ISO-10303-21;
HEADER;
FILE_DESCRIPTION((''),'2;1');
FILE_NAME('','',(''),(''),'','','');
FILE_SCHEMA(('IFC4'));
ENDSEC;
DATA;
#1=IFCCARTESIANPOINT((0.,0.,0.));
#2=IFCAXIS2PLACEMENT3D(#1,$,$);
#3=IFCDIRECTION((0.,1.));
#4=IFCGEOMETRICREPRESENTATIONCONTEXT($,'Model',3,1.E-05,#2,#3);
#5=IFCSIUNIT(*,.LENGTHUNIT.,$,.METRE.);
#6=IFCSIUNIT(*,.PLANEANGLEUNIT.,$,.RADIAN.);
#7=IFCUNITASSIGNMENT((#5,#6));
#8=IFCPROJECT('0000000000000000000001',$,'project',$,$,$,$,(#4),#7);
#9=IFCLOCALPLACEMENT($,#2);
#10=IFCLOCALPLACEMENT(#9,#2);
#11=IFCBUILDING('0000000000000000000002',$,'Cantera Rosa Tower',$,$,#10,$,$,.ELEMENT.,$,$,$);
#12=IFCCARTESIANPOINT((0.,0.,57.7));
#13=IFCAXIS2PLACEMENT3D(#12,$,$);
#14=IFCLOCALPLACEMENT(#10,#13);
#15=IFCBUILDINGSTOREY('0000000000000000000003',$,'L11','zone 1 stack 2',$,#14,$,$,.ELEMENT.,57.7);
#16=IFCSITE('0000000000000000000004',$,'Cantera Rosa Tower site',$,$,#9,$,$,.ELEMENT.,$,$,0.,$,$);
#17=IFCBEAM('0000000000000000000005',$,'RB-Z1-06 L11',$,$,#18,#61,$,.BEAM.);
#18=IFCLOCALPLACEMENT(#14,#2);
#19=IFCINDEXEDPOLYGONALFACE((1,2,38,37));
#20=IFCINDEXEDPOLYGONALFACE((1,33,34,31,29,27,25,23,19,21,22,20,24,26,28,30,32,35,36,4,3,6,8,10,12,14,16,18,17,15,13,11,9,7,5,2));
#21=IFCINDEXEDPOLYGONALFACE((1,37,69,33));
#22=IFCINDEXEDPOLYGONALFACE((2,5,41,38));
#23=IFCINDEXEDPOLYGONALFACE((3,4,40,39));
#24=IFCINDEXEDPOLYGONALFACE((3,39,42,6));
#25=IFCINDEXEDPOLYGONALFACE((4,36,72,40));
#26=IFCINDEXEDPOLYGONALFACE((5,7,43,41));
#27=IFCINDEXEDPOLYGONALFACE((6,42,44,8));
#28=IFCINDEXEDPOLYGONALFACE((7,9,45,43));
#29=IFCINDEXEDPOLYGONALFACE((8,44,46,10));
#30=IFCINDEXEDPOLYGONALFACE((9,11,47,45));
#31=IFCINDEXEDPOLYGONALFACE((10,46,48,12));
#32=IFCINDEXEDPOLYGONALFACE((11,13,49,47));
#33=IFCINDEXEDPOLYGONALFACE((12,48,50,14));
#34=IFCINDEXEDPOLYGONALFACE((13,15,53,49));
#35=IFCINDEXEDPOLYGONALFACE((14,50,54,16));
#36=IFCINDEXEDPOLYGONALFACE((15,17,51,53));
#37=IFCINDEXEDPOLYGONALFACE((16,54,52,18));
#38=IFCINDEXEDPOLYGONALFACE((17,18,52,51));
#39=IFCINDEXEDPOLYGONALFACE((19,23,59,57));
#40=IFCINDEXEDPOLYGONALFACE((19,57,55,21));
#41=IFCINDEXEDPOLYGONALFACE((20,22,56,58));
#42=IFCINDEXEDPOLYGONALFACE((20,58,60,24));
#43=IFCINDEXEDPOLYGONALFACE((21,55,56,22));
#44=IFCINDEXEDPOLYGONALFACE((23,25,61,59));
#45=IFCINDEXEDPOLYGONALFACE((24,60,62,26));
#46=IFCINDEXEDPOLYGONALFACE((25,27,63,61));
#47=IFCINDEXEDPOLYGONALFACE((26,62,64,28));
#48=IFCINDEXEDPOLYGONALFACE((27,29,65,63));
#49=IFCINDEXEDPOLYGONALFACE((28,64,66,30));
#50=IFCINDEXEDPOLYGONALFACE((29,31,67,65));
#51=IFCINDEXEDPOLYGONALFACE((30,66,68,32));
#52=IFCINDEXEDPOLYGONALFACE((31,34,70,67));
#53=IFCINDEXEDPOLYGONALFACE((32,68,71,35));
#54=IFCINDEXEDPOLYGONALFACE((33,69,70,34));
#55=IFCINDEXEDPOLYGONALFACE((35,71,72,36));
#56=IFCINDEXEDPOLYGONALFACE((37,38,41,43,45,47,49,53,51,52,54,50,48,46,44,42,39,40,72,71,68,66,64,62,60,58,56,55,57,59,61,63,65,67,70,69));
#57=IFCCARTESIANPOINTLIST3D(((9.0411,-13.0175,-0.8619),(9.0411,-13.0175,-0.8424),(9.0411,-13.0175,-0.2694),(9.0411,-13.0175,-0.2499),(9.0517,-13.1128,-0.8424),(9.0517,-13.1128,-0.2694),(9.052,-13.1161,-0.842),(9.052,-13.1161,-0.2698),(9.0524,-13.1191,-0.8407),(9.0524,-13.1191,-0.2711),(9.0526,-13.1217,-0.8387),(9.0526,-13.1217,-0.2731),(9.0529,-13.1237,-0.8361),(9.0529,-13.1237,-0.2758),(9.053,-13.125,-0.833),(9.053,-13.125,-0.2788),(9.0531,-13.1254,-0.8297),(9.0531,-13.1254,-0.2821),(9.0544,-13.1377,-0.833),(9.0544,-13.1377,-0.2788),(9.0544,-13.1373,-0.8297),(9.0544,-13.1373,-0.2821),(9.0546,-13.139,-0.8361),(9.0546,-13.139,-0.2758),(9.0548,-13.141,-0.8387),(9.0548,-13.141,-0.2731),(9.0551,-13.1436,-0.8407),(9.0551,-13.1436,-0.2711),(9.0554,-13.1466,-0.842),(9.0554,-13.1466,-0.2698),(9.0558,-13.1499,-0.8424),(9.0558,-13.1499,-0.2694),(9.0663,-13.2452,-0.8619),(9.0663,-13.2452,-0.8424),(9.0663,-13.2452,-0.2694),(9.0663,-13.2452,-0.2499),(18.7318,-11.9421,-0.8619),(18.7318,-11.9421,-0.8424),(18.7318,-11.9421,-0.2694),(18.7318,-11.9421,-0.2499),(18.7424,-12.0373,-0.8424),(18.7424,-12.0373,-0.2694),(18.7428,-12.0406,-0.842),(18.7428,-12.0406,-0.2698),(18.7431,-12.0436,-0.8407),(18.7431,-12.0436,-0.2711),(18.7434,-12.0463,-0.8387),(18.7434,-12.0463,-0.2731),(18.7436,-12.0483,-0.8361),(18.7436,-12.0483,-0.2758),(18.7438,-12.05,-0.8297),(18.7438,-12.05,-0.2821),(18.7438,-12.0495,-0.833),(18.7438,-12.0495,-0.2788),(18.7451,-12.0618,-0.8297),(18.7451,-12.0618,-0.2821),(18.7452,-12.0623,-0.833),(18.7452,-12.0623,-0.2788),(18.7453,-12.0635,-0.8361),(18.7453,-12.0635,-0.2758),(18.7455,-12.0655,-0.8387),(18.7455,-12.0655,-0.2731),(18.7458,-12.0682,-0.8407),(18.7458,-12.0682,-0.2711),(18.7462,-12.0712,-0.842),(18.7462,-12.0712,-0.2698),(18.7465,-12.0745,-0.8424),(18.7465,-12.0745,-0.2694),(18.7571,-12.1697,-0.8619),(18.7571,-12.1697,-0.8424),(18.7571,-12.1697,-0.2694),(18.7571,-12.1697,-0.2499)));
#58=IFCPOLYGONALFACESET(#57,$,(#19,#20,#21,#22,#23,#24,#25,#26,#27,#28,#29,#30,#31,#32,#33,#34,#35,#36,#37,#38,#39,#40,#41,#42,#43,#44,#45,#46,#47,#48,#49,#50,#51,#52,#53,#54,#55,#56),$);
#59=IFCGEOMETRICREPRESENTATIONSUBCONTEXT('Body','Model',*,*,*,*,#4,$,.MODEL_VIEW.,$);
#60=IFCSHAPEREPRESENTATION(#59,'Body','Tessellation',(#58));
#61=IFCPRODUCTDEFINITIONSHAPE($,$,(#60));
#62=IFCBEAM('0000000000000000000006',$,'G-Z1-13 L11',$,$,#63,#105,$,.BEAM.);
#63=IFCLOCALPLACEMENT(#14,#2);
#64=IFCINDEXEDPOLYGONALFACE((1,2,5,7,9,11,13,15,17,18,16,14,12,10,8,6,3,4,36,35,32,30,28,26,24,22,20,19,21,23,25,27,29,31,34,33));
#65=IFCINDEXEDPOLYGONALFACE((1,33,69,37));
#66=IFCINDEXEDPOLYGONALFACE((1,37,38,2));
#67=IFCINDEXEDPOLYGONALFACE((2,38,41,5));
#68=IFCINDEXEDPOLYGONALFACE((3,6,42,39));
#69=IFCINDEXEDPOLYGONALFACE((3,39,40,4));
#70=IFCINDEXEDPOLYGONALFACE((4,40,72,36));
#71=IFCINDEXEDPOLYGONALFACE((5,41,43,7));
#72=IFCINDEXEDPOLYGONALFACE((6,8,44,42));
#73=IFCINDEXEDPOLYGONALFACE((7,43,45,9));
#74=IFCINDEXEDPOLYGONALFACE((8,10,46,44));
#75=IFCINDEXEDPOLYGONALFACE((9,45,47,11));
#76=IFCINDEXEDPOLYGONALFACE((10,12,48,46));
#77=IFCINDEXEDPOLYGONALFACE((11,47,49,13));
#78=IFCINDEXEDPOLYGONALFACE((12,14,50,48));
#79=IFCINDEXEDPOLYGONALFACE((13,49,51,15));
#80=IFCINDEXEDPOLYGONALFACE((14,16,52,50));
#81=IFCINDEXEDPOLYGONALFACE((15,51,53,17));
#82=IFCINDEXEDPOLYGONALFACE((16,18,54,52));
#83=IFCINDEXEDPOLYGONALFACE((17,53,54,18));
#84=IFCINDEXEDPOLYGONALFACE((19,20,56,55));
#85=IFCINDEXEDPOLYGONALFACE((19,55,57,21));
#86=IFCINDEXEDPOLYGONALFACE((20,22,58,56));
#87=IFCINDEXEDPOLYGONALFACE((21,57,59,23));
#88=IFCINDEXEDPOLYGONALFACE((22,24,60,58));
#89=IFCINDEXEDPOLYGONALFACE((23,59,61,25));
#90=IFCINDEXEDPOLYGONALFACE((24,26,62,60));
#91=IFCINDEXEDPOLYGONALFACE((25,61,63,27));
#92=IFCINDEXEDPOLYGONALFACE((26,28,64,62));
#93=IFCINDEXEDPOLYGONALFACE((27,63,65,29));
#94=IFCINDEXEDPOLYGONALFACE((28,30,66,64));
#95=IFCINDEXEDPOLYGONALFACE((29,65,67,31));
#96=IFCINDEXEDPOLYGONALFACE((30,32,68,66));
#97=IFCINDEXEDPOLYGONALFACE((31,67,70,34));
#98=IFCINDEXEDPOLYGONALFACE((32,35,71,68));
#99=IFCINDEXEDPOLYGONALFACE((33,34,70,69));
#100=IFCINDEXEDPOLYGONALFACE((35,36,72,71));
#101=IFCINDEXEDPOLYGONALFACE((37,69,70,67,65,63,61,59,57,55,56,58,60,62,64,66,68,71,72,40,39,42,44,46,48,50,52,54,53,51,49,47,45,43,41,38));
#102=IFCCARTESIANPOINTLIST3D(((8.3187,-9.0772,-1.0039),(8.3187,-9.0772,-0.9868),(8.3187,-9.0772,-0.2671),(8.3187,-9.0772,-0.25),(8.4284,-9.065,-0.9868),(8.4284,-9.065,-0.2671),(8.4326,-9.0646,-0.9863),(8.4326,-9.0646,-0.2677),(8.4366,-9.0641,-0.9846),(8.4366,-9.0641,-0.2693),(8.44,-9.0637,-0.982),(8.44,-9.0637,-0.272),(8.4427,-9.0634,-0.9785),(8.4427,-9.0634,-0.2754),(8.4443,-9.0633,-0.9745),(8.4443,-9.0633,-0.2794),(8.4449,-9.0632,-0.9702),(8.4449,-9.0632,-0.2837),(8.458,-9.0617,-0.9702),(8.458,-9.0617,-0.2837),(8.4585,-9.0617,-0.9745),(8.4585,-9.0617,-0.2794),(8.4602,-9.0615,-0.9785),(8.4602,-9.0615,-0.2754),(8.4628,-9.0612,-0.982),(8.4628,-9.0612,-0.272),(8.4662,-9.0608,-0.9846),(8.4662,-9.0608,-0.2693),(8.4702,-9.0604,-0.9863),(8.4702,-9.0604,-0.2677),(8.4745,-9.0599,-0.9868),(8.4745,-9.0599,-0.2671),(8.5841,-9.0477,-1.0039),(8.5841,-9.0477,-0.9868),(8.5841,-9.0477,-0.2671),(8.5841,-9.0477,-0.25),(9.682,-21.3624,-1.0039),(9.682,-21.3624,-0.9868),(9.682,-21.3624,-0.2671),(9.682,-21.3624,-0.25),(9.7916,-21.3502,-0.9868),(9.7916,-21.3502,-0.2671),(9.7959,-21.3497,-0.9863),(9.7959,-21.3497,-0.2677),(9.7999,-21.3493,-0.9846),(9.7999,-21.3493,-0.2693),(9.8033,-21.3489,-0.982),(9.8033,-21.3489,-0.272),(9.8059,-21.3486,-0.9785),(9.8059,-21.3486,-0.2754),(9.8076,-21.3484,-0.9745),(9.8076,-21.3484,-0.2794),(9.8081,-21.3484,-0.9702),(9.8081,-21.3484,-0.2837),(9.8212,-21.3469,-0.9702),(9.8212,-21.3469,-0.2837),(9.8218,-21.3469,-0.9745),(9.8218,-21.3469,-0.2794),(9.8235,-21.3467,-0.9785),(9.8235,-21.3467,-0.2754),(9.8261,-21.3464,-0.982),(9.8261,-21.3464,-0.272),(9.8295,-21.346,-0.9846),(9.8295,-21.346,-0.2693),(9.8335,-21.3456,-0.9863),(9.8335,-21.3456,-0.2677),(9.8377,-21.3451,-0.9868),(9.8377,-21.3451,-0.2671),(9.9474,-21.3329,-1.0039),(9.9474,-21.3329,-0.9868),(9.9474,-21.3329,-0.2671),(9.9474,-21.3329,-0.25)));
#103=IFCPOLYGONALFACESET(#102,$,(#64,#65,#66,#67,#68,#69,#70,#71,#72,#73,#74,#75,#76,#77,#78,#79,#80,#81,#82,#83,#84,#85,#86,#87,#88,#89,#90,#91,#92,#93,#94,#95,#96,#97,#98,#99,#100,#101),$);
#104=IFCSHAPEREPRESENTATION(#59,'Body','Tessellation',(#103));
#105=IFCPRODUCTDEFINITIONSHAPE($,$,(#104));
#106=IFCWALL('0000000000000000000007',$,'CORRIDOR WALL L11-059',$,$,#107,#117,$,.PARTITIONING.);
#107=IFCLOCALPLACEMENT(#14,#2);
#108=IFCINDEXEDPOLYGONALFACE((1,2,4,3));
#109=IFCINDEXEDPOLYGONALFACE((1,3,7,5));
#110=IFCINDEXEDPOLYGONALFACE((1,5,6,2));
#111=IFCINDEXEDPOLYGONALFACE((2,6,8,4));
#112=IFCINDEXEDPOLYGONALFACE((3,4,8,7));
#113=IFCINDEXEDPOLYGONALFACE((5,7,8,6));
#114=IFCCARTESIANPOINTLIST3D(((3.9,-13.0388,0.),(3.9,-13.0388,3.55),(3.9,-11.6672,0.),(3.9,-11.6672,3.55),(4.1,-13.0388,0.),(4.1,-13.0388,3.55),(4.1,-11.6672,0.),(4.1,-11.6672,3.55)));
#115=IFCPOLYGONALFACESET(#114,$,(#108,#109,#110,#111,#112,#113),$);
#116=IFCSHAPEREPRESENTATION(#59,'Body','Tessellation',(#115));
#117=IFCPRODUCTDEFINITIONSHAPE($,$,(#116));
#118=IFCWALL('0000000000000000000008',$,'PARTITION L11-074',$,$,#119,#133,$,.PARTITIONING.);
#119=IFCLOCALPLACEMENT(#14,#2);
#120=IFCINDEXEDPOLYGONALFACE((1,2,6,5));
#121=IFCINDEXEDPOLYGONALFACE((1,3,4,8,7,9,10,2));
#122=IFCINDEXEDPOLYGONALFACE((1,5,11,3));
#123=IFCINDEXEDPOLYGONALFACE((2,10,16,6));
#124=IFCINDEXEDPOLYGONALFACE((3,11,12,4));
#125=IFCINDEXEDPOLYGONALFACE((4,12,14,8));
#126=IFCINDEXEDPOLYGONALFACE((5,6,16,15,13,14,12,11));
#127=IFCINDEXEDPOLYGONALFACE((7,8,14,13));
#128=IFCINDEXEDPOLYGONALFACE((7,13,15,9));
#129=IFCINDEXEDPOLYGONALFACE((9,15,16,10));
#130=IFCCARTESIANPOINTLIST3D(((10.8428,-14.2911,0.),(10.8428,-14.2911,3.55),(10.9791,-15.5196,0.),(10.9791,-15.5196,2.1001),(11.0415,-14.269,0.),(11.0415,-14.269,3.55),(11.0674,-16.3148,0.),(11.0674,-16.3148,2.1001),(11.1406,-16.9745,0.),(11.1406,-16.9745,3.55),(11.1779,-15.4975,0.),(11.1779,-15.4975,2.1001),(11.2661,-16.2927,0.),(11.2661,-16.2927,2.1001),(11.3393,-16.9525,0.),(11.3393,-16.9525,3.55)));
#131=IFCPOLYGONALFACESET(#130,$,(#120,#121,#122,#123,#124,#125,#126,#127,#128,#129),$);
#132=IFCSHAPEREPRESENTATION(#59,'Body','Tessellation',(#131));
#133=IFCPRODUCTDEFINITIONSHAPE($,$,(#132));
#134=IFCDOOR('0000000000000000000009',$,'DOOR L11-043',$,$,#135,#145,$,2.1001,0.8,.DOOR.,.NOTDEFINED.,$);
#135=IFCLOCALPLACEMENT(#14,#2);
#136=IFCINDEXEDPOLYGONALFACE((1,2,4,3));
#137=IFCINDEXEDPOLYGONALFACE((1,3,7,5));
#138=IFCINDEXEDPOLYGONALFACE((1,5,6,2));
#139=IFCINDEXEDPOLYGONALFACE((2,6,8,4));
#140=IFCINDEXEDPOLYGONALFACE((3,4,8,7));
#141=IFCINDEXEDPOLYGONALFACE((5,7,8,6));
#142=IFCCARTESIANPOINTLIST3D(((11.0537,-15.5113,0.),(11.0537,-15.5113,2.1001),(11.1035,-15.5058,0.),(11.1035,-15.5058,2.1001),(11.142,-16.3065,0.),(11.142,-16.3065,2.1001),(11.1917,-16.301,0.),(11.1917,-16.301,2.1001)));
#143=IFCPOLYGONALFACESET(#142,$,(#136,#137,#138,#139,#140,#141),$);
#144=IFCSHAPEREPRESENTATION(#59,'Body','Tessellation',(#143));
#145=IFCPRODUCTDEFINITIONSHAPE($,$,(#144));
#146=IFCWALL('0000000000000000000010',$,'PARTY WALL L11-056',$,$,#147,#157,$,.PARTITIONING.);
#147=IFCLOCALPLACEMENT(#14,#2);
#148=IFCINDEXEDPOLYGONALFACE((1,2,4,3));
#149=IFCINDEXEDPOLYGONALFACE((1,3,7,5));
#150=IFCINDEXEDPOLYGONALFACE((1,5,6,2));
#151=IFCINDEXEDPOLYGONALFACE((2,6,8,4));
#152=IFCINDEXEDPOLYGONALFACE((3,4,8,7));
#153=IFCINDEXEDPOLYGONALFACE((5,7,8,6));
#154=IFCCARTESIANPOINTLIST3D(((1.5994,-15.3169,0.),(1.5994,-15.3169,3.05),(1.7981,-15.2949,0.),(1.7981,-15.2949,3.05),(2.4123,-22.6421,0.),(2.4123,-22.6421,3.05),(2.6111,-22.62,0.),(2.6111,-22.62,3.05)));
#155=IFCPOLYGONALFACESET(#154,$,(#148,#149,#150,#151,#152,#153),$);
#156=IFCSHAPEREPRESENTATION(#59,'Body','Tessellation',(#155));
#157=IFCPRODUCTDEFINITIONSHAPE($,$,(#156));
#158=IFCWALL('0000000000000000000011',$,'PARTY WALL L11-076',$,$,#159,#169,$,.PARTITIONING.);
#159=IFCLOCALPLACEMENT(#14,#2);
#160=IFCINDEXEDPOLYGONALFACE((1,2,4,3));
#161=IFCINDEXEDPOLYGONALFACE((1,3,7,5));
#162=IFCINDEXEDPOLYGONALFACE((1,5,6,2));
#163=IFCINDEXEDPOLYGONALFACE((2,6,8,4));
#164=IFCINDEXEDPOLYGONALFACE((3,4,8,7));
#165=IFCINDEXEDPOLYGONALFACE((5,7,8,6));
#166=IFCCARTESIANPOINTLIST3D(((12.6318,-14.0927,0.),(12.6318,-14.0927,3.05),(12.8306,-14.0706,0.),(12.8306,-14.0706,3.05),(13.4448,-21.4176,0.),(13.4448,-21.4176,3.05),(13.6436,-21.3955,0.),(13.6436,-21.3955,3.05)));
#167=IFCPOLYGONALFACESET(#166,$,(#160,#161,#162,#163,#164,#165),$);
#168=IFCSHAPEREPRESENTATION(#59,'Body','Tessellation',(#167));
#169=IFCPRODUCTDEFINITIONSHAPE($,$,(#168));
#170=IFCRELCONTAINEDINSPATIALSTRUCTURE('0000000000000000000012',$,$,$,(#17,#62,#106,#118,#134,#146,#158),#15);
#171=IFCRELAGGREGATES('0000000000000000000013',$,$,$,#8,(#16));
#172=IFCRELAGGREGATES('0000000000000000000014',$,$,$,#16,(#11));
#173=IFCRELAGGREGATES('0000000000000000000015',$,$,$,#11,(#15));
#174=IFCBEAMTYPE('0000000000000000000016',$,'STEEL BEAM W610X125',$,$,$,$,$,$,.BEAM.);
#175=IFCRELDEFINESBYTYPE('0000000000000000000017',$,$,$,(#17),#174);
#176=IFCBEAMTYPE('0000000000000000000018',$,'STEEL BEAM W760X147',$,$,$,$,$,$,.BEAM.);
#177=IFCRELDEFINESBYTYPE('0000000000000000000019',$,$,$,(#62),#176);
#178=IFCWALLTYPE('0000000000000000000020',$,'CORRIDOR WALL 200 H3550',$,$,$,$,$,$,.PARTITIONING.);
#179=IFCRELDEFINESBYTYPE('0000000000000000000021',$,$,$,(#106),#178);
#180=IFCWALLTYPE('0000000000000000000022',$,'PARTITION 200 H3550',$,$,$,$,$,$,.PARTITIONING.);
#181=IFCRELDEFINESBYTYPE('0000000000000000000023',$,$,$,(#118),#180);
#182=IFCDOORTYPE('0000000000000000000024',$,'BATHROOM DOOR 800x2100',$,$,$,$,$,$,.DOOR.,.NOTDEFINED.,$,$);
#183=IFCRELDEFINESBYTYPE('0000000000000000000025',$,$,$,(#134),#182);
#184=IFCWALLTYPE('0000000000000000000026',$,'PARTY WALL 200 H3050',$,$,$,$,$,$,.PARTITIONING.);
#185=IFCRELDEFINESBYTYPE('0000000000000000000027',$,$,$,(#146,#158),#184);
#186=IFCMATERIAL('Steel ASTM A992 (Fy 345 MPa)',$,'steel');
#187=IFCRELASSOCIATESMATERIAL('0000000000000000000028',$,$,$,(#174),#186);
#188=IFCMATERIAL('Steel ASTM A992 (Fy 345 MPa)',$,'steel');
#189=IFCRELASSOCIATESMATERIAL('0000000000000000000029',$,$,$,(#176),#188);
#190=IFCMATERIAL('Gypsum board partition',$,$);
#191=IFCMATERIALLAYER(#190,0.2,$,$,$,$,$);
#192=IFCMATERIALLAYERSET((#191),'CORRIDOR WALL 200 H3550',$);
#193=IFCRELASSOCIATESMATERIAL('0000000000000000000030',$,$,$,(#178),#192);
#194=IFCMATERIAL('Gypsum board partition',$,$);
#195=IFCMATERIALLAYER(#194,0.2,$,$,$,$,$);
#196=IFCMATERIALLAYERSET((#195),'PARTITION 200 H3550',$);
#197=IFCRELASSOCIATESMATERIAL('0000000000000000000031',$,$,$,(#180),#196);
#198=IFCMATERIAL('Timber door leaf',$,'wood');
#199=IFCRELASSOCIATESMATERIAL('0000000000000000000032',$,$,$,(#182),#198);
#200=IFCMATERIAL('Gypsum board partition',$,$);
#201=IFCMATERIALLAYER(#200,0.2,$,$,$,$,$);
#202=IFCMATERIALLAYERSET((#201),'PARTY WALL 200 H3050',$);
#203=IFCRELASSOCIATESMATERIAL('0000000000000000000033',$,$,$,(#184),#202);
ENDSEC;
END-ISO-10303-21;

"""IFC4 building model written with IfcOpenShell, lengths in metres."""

from ifc_helpers import new_model, si_unit, direction, frame, frame_2d, origin, origin_2d, place, context, subcontext, project, spatial, rectangle, i_section, extrude, material, layer, layer_set, material_profile, profile_set, type_object, element, fill, save


model = new_model("IFC4")

# Units and contexts
model_context = context("Model", 3, precision=1e-05, world=origin(), true_north=direction((0.0, 1.0)))
body_context = subcontext(model_context, "Body", "Model", "MODEL_VIEW")
ifc_project = project(units=[si_unit("LENGTHUNIT", "METRE"), si_unit("PLANEANGLEUNIT", "RADIAN")], contexts=[model_context])

# Site, building, storey
site_placement = place(None, origin())
site = spatial("IfcSite", under=ifc_project, at=site_placement, Name="Cantera Rosa Tower site", CompositionType="ELEMENT", RefElevation=0.0)
building_placement = place(site_placement, origin())
building = spatial("IfcBuilding", under=site, at=building_placement, Name="Cantera Rosa Tower", CompositionType="ELEMENT")
storey_placement = place(building_placement, frame((0.0, 0.0, 57.7)))
storey = spatial("IfcBuildingStorey", under=building, at=storey_placement, Name="L11", Description="zone 1 stack 2", CompositionType="ELEMENT", Elevation=57.7)

# Beams
ifc_material_1 = material(Name="Steel ASTM A992 (Fy 345 MPa)", Category="steel")
ifc_material_profile_1 = material_profile(ifc_material_1, i_section(OverallWidth=0.229, OverallDepth=0.6121, WebThickness=0.012, FlangeThickness=0.0195, FilletRadius=0.0127, at=origin_2d()), Name="W610X125")
ifc_profile_set_1 = profile_set([ifc_material_profile_1], Name="Steel ASTM A992 (Fy 345 MPa)")
beam_type_1 = type_object("IfcBeamType", Name="STEEL BEAM W610X125", PredefinedType="BEAM", material=ifc_profile_set_1)
beam_1_placement = place(storey_placement, frame((9.0537, -13.1313, -0.5559), z_axis=(0.993898, 0.1103, 0.0), x_axis=(-0.1103, 0.993898, 0.0)))
element("IfcBeam", 1, at=beam_1_placement, inside=storey, type_object=beam_type_1, Name="RB-Z1-06 L11", PredefinedType="BEAM", context=body_context, shape_type="SweptSolid", body=[
    extrude(i_section(OverallWidth=0.229, OverallDepth=0.6121, WebThickness=0.012, FlangeThickness=0.0195, FilletRadius=0.0127, at=origin_2d()), origin(), (0.0, 0.0, 1.0), 9.7502),
])
ifc_material_2 = material(Name="Steel ASTM A992 (Fy 345 MPa)", Category="steel")
ifc_material_profile_2 = material_profile(ifc_material_2, i_section(OverallWidth=0.2671, OverallDepth=0.7539, WebThickness=0.0132, FlangeThickness=0.0171, FilletRadius=0.0166, at=origin_2d()), Name="W760X147")
ifc_profile_set_2 = profile_set([ifc_material_profile_2], Name="Steel ASTM A992 (Fy 345 MPa)")
beam_type_2 = type_object("IfcBeamType", Name="STEEL BEAM W760X147", PredefinedType="BEAM", material=ifc_profile_set_2)
beam_2_placement = place(storey_placement, frame((9.8147, -21.3477, -0.627), z_axis=(-0.110293, 0.993899, 0.0), x_axis=(-0.993899, -0.110293, 0.0)))
element("IfcBeam", 2, at=beam_2_placement, inside=storey, type_object=beam_type_2, Name="G-Z1-13 L11", PredefinedType="BEAM", context=body_context, shape_type="SweptSolid", body=[
    extrude(i_section(OverallWidth=0.2671, OverallDepth=0.7539, WebThickness=0.0132, FlangeThickness=0.0171, FilletRadius=0.0166, at=origin_2d()), origin(), (0.0, 0.0, 1.0), 12.3606),
])

# Wall
ifc_material_3 = material(Name="Gypsum board partition")
ifc_layer_1 = layer(ifc_material_3, 0.2)
ifc_layer_set_1 = layer_set([ifc_layer_1], Name="CORRIDOR WALL 200 H3550")
wall_type_1 = type_object("IfcWallType", Name="CORRIDOR WALL 200 H3550", PredefinedType="PARTITIONING", material=ifc_layer_set_1)
wall_1_placement = place(storey_placement, frame((4.0, -13.0388, 0.0), z_axis=(0.0, 0.0, 1.0), x_axis=(0.0, 1.0, 0.0)))
element("IfcWall", 3, at=wall_1_placement, inside=storey, type_object=wall_type_1, Name="CORRIDOR WALL L11-059", PredefinedType="PARTITIONING", context=body_context, shape_type="SweptSolid", body=[
    extrude(rectangle(XDim=1.3716, YDim=0.2, at=frame_2d((0.6858, 0.0))), origin(), (0.0, 0.0, 1.0), 3.55),
])

# Wall, opening, door
ifc_material_4 = material(Name="Gypsum board partition")
ifc_layer_2 = layer(ifc_material_4, 0.2)
ifc_layer_set_2 = layer_set([ifc_layer_2], Name="PARTITION 200 H3550")
wall_type_2 = type_object("IfcWallType", Name="PARTITION 200 H3550", PredefinedType="PARTITIONING", material=ifc_layer_set_2)
wall_2_placement = place(storey_placement, frame((11.24, -16.9636, 0.0), z_axis=(0.0, 0.0, 1.0), x_axis=(-0.110312, 0.993897, 0.0)))
wall_2 = element("IfcWall", 4, at=wall_2_placement, inside=storey, type_object=wall_type_2, Name="PARTITION L11-074", PredefinedType="PARTITIONING", context=body_context, shape_type="SweptSolid", body=[
    extrude(rectangle(XDim=2.7, YDim=0.2, at=frame_2d((1.3501, 0.0))), origin(), (0.0, 0.0, 1.0), 3.55),
])
opening_1_placement = place(wall_2_placement, frame((0.6641, 0.0, 0.0)))
opening_1 = element("IfcOpeningElement", 5, at=opening_1_placement, cuts=wall_2, PredefinedType="OPENING", context=body_context, shape_type="SweptSolid", body=[
    extrude(rectangle(XDim=0.8, YDim=2.1001, at=frame_2d((0.3999, 1.05))), frame((0.0, 0.1099, 0.0), z_axis=(0.0, -1.0, 0.0), x_axis=(1.0, 0.0, 0.0)), (0.0, 0.0, 1.0), 0.22),
])
ifc_material_5 = material(Name="Timber door leaf", Category="wood")
door_type_1 = type_object("IfcDoorType", Name="BATHROOM DOOR 800x2100", OperationType="NOTDEFINED", PredefinedType="DOOR", material=ifc_material_5)
door_1_placement = place(opening_1_placement, origin())
door_1 = element("IfcDoor", 6, at=door_1_placement, inside=storey, type_object=door_type_1, Name="DOOR L11-043", OperationType="NOTDEFINED", OverallHeight=2.1001, OverallWidth=0.8, PredefinedType="DOOR", context=body_context, shape_type="SweptSolid", body=[
    extrude(rectangle(XDim=0.8, YDim=2.1001, at=frame_2d((0.3999, 1.05))), frame((0.0, 0.0249, 0.0), z_axis=(0.0, -1.0, 0.0), x_axis=(1.0, 0.0, 0.0)), (0.0, 0.0, 1.0), 0.05),
])
fill(opening_1, door_1)

# Walls
ifc_material_6 = material(Name="Gypsum board partition")
ifc_layer_3 = layer(ifc_material_6, 0.2)
ifc_layer_set_3 = layer_set([ifc_layer_3], Name="PARTY WALL 200 H3050")
wall_type_3 = type_object("IfcWallType", Name="PARTY WALL 200 H3050", PredefinedType="PARTITIONING", material=ifc_layer_set_3)
wall_3_placement = place(storey_placement, frame((1.6987, -15.3059, 0.0), z_axis=(0.0, 0.0, 1.0), x_axis=(0.110308, -0.993897, 0.0)))
element("IfcWall", 7, at=wall_3_placement, inside=storey, type_object=wall_type_3, Name="PARTY WALL L11-056", PredefinedType="PARTITIONING", context=body_context, shape_type="SweptSolid", body=[
    extrude(rectangle(XDim=7.3701, YDim=0.2, at=frame_2d((3.6851, 0.0))), origin(), (0.0, 0.0, 1.0), 3.05),
])
wall_4_placement = place(storey_placement, frame((12.7312, -14.0815, 0.0), z_axis=(0.0, 0.0, 1.0), x_axis=(0.110312, -0.993897, 0.0)))
element("IfcWall", 8, at=wall_4_placement, inside=storey, type_object=wall_type_3, Name="PARTY WALL L11-076", PredefinedType="PARTITIONING", context=body_context, shape_type="SweptSolid", body=[
    extrude(rectangle(XDim=7.3699, YDim=0.2, at=frame_2d((3.6851, 0.0))), origin(), (0.0, 0.0, 1.0), 3.05),
])

save(model, "model.ifc")
